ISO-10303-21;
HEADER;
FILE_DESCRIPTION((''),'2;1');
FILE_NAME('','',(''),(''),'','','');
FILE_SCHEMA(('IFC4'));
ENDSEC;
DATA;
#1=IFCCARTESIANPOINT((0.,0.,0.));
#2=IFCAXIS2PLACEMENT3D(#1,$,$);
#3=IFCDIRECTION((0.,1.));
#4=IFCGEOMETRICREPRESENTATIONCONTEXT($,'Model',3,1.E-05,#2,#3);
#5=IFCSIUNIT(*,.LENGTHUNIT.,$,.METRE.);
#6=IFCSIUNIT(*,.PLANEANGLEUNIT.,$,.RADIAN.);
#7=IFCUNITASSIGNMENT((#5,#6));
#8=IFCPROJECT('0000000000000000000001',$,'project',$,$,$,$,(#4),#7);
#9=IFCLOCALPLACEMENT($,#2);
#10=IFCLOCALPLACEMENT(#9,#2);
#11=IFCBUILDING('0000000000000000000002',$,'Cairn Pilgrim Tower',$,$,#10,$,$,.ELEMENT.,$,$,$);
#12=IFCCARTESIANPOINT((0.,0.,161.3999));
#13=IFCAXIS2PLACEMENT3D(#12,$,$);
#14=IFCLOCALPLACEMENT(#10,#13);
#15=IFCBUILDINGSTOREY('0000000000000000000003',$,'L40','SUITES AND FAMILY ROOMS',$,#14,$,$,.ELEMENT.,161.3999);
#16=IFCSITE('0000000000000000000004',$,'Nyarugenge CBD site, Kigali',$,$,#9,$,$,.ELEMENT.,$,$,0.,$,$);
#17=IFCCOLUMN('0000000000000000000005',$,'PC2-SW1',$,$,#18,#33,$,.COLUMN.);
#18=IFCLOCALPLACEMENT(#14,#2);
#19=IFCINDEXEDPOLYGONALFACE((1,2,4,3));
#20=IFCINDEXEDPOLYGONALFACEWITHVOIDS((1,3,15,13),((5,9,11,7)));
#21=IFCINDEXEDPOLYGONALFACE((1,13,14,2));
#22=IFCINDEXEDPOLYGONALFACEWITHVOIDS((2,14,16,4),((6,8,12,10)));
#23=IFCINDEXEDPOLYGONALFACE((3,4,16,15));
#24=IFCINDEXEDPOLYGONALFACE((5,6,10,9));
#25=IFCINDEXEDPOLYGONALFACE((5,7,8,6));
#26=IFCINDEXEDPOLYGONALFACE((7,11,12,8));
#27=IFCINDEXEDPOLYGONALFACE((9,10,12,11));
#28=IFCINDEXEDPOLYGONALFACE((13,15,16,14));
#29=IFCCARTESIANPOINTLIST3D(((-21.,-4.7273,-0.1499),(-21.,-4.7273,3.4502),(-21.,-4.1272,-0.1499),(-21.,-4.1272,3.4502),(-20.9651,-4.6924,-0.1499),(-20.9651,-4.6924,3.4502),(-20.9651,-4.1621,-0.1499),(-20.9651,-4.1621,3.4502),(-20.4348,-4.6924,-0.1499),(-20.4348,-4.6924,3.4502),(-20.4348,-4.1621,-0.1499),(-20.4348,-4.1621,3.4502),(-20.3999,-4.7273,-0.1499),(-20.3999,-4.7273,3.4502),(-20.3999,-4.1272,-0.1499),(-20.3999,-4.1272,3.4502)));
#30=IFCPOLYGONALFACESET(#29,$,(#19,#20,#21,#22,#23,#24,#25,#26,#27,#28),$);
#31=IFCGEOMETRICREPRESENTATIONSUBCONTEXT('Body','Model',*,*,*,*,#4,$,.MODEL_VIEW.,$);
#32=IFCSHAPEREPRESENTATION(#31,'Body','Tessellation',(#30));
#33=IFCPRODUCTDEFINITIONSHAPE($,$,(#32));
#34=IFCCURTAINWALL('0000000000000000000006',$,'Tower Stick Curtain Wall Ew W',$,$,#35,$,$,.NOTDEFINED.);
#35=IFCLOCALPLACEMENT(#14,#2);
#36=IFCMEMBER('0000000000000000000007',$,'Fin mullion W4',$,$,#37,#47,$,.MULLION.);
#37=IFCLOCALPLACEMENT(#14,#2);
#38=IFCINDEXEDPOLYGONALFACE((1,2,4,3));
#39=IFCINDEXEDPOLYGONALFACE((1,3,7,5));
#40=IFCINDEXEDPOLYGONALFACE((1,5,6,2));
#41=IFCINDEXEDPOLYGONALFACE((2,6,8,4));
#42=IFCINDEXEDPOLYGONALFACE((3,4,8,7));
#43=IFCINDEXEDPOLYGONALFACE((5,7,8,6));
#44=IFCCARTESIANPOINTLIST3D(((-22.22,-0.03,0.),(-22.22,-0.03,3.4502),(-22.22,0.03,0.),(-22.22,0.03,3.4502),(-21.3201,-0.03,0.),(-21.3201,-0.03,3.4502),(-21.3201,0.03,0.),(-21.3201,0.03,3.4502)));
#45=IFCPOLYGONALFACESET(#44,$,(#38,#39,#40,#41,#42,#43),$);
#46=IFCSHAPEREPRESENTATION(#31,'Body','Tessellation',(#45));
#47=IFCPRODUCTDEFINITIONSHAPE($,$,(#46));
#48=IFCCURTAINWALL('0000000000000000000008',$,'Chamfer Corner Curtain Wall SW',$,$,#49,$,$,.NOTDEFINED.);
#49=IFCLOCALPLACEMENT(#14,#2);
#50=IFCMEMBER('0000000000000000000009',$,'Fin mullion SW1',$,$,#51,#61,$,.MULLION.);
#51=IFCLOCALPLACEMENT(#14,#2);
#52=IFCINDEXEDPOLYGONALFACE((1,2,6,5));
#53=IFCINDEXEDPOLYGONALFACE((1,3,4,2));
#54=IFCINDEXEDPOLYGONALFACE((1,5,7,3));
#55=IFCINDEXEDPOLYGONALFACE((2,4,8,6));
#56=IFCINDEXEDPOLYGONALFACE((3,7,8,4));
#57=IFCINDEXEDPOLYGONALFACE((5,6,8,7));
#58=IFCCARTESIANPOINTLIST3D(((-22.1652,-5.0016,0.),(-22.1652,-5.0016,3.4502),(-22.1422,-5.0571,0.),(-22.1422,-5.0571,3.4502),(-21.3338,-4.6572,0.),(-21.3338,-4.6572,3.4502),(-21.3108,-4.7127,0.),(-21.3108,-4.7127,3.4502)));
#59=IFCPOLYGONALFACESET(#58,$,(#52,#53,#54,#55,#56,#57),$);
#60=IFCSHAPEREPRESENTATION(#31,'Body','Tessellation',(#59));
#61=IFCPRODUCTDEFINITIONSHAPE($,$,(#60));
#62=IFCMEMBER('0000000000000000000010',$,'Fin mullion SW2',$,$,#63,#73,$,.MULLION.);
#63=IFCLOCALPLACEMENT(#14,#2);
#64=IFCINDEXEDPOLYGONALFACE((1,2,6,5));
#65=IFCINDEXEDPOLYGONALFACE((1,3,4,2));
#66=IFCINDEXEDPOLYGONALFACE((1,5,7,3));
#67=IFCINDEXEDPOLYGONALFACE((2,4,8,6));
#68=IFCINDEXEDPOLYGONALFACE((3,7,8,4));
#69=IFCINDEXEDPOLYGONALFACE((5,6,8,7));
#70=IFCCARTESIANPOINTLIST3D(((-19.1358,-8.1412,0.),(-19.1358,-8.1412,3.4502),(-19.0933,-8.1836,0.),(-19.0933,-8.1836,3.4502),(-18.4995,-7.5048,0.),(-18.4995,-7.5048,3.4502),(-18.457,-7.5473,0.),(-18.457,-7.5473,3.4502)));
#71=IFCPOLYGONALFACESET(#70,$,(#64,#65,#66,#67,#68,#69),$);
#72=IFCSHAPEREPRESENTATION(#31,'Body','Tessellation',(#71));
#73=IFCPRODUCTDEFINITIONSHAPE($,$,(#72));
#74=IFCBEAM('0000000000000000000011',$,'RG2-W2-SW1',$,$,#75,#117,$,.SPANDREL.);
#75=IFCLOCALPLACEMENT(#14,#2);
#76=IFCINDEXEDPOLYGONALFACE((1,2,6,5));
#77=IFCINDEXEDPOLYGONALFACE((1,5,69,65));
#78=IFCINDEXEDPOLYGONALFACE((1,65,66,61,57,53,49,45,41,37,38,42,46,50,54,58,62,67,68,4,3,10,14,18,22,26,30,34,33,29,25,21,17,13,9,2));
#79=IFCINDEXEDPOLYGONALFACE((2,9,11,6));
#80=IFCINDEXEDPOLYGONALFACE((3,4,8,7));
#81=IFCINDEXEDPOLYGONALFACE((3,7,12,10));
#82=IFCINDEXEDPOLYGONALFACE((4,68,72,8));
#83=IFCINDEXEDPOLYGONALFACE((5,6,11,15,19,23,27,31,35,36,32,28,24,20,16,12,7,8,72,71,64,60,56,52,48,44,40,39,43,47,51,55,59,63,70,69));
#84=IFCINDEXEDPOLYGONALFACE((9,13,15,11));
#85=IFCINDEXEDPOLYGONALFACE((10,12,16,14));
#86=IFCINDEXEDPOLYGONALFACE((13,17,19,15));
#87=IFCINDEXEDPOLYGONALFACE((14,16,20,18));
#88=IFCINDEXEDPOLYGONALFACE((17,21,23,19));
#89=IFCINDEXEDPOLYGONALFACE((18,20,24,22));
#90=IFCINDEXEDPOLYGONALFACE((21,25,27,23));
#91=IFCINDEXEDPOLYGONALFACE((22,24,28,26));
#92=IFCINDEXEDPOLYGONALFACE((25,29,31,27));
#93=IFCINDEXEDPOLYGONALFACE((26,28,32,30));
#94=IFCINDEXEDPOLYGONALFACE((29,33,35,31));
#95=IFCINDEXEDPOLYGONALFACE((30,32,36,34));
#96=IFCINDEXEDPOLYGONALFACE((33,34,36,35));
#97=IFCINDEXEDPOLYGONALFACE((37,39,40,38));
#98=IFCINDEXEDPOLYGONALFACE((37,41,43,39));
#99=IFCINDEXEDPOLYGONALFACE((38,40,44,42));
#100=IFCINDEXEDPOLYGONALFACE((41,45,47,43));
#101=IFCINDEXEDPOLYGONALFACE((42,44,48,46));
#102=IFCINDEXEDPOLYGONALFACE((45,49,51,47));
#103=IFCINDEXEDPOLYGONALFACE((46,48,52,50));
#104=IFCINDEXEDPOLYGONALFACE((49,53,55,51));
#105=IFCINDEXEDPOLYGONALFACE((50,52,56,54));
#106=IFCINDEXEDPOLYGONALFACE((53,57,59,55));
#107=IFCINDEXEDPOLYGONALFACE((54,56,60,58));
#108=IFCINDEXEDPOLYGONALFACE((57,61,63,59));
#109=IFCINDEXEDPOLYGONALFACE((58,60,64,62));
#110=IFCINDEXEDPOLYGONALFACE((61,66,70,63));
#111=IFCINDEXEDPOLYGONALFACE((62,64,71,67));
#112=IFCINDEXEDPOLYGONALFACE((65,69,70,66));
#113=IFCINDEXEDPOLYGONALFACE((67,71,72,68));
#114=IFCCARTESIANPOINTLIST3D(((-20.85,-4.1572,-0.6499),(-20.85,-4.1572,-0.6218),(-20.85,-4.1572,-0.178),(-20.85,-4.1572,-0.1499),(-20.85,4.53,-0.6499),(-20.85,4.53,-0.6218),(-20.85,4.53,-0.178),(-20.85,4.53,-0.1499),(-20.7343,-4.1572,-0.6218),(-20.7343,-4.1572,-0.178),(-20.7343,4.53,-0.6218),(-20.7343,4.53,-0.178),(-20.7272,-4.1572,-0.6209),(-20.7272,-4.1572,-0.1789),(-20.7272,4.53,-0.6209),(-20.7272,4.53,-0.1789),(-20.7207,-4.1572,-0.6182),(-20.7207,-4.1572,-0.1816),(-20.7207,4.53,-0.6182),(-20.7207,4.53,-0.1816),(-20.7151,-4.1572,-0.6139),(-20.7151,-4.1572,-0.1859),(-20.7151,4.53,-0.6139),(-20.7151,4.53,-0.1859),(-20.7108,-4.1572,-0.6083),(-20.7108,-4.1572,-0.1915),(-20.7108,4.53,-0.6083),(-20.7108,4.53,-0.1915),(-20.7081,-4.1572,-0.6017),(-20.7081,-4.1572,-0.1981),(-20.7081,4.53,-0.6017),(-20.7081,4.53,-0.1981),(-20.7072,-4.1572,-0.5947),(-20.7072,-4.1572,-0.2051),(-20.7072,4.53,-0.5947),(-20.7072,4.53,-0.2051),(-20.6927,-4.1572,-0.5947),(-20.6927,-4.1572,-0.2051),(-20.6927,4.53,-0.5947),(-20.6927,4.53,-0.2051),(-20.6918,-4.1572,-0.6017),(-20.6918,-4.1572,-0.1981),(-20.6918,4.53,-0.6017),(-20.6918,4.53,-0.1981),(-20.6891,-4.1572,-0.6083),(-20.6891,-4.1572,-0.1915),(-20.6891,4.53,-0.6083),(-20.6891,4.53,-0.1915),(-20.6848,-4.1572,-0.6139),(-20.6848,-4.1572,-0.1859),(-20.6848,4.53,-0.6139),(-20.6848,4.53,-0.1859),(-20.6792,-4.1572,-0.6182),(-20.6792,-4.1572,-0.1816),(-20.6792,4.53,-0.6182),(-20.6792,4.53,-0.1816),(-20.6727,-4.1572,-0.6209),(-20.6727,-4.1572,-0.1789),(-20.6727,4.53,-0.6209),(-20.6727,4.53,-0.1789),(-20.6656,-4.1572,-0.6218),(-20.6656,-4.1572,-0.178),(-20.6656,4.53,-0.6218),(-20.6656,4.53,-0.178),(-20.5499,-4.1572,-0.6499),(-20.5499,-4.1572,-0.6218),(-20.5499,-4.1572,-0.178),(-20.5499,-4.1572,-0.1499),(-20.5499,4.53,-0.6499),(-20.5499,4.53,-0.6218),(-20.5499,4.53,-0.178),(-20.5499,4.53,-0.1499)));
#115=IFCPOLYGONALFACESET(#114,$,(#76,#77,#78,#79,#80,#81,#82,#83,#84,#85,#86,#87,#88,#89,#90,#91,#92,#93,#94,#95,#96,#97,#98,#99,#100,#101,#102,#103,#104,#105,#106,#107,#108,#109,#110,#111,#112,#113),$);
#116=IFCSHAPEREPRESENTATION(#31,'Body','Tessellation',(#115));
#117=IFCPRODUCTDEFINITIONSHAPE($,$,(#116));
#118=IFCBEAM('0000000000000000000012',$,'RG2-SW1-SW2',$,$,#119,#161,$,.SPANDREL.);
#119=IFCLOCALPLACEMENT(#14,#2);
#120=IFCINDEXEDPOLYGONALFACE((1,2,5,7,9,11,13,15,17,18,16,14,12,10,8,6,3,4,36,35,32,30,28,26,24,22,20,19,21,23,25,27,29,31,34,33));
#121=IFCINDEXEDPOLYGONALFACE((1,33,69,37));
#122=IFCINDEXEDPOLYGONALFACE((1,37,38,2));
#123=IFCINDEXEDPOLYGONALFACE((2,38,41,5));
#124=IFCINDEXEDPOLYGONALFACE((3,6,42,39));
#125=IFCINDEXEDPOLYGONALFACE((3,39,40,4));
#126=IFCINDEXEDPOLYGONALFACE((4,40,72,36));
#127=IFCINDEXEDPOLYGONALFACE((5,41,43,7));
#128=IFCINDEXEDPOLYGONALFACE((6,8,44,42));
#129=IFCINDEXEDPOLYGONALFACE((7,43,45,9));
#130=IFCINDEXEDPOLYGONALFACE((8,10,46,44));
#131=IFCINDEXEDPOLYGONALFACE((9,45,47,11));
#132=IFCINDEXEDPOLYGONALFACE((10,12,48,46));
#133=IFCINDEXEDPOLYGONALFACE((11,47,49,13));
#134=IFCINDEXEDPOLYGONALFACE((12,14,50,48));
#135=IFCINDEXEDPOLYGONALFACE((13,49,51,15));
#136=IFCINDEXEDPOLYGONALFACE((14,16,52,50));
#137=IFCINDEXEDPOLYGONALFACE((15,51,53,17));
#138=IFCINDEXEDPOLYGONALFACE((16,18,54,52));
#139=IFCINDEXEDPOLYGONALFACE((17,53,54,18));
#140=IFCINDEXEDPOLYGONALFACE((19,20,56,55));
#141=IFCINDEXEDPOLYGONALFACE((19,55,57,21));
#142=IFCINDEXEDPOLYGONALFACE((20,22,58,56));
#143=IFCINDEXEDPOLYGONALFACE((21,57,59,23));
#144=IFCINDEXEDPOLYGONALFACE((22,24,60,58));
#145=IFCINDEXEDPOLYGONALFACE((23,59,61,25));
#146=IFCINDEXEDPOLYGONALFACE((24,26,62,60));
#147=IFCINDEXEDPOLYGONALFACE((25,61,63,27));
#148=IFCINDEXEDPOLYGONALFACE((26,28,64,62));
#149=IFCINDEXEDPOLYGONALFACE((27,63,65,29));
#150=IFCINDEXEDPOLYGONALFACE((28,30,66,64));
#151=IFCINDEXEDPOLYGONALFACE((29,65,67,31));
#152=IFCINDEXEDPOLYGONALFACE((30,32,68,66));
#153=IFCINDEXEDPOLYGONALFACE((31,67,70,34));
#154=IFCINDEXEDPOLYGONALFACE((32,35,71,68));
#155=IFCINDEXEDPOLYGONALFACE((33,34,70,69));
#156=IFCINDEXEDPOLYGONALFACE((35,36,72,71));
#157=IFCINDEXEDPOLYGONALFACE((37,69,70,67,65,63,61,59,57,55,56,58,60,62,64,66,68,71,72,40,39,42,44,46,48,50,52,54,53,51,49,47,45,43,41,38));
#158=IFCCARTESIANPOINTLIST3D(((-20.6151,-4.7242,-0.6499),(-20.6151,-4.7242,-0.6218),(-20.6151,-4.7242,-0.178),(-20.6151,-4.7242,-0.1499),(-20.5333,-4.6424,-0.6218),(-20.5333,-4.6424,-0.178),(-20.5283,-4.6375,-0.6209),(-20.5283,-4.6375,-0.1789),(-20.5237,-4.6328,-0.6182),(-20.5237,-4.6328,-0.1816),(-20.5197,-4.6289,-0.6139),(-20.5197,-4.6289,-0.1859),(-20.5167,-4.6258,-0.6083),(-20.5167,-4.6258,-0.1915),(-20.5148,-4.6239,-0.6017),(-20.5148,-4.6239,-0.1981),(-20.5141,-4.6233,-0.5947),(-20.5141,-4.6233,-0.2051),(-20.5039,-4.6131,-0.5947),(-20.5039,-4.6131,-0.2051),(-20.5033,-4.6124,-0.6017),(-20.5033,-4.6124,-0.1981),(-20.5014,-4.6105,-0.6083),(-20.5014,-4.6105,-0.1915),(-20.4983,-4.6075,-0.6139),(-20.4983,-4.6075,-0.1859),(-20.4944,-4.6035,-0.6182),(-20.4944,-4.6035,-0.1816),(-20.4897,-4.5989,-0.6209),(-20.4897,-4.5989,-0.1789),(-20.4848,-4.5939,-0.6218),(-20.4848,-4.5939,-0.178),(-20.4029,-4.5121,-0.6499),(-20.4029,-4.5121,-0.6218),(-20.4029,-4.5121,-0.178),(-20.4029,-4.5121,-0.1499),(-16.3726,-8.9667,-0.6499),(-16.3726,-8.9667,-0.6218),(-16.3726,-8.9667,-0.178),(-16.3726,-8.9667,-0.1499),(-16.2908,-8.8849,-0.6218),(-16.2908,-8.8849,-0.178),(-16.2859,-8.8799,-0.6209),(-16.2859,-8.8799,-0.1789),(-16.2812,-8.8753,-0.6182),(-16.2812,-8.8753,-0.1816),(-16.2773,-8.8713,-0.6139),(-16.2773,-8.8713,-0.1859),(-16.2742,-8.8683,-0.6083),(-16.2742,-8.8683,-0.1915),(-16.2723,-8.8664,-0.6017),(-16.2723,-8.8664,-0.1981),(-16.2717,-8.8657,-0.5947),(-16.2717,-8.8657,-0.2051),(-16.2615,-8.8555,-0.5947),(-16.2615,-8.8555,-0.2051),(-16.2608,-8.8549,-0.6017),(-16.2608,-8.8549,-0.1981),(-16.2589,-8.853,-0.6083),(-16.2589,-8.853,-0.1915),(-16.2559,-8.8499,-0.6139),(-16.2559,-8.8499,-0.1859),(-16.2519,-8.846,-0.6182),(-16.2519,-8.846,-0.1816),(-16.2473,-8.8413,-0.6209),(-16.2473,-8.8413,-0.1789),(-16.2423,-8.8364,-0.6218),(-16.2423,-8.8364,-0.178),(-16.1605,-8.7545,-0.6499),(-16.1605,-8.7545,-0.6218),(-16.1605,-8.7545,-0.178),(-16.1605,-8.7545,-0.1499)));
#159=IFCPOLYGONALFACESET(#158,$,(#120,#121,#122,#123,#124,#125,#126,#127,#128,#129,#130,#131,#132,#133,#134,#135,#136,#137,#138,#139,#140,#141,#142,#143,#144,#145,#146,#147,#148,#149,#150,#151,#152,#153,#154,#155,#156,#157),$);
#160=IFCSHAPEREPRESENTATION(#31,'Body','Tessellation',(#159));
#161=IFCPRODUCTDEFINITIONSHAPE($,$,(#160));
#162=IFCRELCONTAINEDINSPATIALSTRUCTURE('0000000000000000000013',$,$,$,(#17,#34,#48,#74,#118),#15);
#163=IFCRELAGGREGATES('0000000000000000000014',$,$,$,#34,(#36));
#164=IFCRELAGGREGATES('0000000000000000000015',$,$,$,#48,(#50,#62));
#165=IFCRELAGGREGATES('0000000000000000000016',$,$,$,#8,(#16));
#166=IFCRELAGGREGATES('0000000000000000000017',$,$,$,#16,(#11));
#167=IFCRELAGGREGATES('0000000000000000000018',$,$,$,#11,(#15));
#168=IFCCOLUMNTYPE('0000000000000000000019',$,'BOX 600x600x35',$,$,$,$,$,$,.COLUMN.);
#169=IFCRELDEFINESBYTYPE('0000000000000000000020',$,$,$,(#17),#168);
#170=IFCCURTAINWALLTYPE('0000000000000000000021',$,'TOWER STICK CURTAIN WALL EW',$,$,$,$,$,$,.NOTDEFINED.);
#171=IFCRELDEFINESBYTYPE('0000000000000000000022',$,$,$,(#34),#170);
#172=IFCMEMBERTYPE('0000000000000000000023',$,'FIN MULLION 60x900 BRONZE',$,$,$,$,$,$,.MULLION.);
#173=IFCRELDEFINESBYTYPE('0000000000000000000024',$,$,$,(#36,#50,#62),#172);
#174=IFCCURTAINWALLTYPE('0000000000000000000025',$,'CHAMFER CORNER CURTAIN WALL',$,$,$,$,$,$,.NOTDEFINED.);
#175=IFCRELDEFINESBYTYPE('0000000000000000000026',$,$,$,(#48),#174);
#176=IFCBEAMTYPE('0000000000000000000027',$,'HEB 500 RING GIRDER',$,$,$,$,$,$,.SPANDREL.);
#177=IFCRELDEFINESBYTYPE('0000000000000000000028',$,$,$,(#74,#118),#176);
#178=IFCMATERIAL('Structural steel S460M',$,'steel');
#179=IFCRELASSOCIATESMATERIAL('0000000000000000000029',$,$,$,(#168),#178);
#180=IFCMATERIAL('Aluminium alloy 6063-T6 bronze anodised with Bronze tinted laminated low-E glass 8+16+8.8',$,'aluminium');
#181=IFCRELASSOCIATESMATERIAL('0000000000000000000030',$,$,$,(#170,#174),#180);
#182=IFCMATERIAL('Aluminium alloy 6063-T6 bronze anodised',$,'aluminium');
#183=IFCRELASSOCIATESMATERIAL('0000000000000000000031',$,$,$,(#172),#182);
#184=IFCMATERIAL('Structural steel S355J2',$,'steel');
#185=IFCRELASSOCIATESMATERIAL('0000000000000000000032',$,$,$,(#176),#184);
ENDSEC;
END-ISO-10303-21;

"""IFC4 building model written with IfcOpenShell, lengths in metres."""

from ifc_helpers import new_model, si_unit, direction, frame, origin, origin_2d, place, context, subcontext, project, spatial, rectangle, hollow_rectangle, i_section, extrude, material, material_profile, profile_set, type_object, element, aggregate, save


model = new_model("IFC4")

# Units and contexts
model_context = context("Model", 3, precision=1e-05, world=origin(), true_north=direction((0.0, 1.0)))
body_context = subcontext(model_context, "Body", "Model", "MODEL_VIEW")
ifc_project = project(units=[si_unit("LENGTHUNIT", "METRE"), si_unit("PLANEANGLEUNIT", "RADIAN")], contexts=[model_context])

# Site, building, storey
site_placement = place(None, origin())
site = spatial("IfcSite", under=ifc_project, at=site_placement, Name="Nyarugenge CBD site, Kigali", CompositionType="ELEMENT", RefElevation=0.0)
building_placement = place(site_placement, origin())
building = spatial("IfcBuilding", under=site, at=building_placement, Name="Cairn Pilgrim Tower", CompositionType="ELEMENT")
storey_placement = place(building_placement, frame((0.0, 0.0, 161.3999)))
storey = spatial("IfcBuildingStorey", under=building, at=storey_placement, Name="L40", Description="SUITES AND FAMILY ROOMS", CompositionType="ELEMENT", Elevation=161.3999)

# Column
ifc_material_1 = material(Name="Structural steel S460M", Category="steel")
ifc_material_profile_1 = material_profile(ifc_material_1, hollow_rectangle(XDim=0.6001, YDim=0.6001, WallThickness=0.0349, at=origin_2d()), Name="BOX 600x600x35")
ifc_profile_set_1 = profile_set([ifc_material_profile_1], Name="Structural steel S460M")
column_type = type_object("IfcColumnType", Name="BOX 600x600x35", PredefinedType="COLUMN", material=ifc_profile_set_1)
column_placement = place(storey_placement, frame((-20.7, -4.4272, -0.1499), z_axis=(0.0, 0.0, 1.0), x_axis=(1.0, 0.0, 0.0)))
element("IfcColumn", 1, at=column_placement, inside=storey, type_object=column_type, Name="PC2-SW1", PredefinedType="COLUMN", context=body_context, shape_type="SweptSolid", body=[
    extrude(hollow_rectangle(XDim=0.6001, YDim=0.6001, WallThickness=0.0349, at=origin_2d()), origin(), (0.0, 0.0, 1.0), 3.6001),
])

# Curtain wall, member
ifc_material_2 = material(Name="Aluminium alloy 6063-T6 bronze anodised with Bronze tinted laminated low-E glass 8+16+8.8", Category="aluminium")
curtain_wall_type_1 = type_object("IfcCurtainWallType", Name="TOWER STICK CURTAIN WALL EW", PredefinedType="NOTDEFINED", material=ifc_material_2)
curtain_wall_1_placement = place(storey_placement, origin())
curtain_wall_1 = element("IfcCurtainWall", 2, at=curtain_wall_1_placement, inside=storey, type_object=curtain_wall_type_1, Name="Tower Stick Curtain Wall Ew W", PredefinedType="NOTDEFINED")
ifc_material_3 = material(Name="Aluminium alloy 6063-T6 bronze anodised", Category="aluminium")
ifc_material_profile_2 = material_profile(ifc_material_3, rectangle(XDim=0.8999, YDim=0.0601, at=origin_2d()), Name="FIN MULLION 60x900 BRONZE")
ifc_profile_set_2 = profile_set([ifc_material_profile_2], Name="Aluminium alloy 6063-T6 bronze anodised")
member_type_1 = type_object("IfcMemberType", Name="FIN MULLION 60x900 BRONZE", PredefinedType="MULLION", material=ifc_profile_set_2)
member_1_placement = place(storey_placement, frame((-21.77, 0.0, 0.0), z_axis=(0.0, 0.0, 1.0), x_axis=(-1.0, 0.0, 0.0)))
member_1 = element("IfcMember", 3, at=member_1_placement, type_object=member_type_1, Name="Fin mullion W4", PredefinedType="MULLION", context=body_context, shape_type="SweptSolid", body=[
    extrude(rectangle(XDim=0.8999, YDim=0.0601, at=origin_2d()), origin(), (0.0, 0.0, 1.0), 3.4502),
])
aggregate(curtain_wall_1, [member_1])

# Curtain wall, members
curtain_wall_type_2 = type_object("IfcCurtainWallType", Name="CHAMFER CORNER CURTAIN WALL", PredefinedType="NOTDEFINED", material=ifc_material_2)
curtain_wall_2_placement = place(storey_placement, origin())
curtain_wall_2 = element("IfcCurtainWall", 4, at=curtain_wall_2_placement, inside=storey, type_object=curtain_wall_type_2, Name="Chamfer Corner Curtain Wall SW", PredefinedType="NOTDEFINED")
member_2_placement = place(storey_placement, frame((-21.738, -4.8572, 0.0), z_axis=(0.0, 0.0, 1.0), x_axis=(-0.92388, -0.382683, 0.0)))
member_2 = element("IfcMember", 5, at=member_2_placement, type_object=member_type_1, Name="Fin mullion SW1", PredefinedType="MULLION", context=body_context, shape_type="SweptSolid", body=[
    extrude(rectangle(XDim=0.8999, YDim=0.0601, at=origin_2d()), origin(), (0.0, 0.0, 1.0), 3.4502),
])
member_3_placement = place(storey_placement, frame((-18.7964, -7.8442, 0.0), z_axis=(0.0, 0.0, 1.0), x_axis=(-0.707107, -0.707107, 0.0)))
member_3 = element("IfcMember", 6, at=member_3_placement, type_object=member_type_1, Name="Fin mullion SW2", PredefinedType="MULLION", context=body_context, shape_type="SweptSolid", body=[
    extrude(rectangle(XDim=0.8999, YDim=0.0601, at=origin_2d()), origin(), (0.0, 0.0, 1.0), 3.4502),
])

# Beams
ifc_material_4 = material(Name="Structural steel S355J2", Category="steel")
ifc_material_profile_3 = material_profile(ifc_material_4, i_section(OverallWidth=0.3, OverallDepth=0.5, WebThickness=0.0144, FlangeThickness=0.0281, FilletRadius=0.0271, at=origin_2d()), Name="HEB 500")
ifc_profile_set_3 = profile_set([ifc_material_profile_3], Name="Structural steel S355J2")
beam_type_1 = type_object("IfcBeamType", Name="HEB 500 RING GIRDER", PredefinedType="SPANDREL", material=ifc_profile_set_3)
beam_1_placement = place(storey_placement, frame((-20.7, 4.53, -0.3999), z_axis=(0.0, -1.0, 0.0), x_axis=(1.0, 0.0, 0.0)))
element("IfcBeam", 7, at=beam_1_placement, inside=storey, type_object=beam_type_1, Name="RG2-W2-SW1", PredefinedType="SPANDREL", context=body_context, shape_type="SweptSolid", body=[
    extrude(i_section(OverallWidth=0.3, OverallDepth=0.5, WebThickness=0.0144, FlangeThickness=0.0281, FilletRadius=0.0271, at=origin_2d()), origin(), (0.0, 0.0, 1.0), 8.6873),
])
beam_2_placement = place(storey_placement, frame((-20.509, -4.6182, -0.3999), z_axis=(0.707107, -0.707107, 0.0), x_axis=(0.707107, 0.707107, 0.0)))
element("IfcBeam", 8, at=beam_2_placement, inside=storey, type_object=beam_type_1, Name="RG2-SW1-SW2", PredefinedType="SPANDREL", context=body_context, shape_type="SweptSolid", body=[
    extrude(i_section(OverallWidth=0.3, OverallDepth=0.5, WebThickness=0.0144, FlangeThickness=0.0281, FilletRadius=0.0271, at=origin_2d()), origin(), (0.0, 0.0, 1.0), 5.9998),
])

aggregate(curtain_wall_2, [member_2, member_3])

save(model, "model.ifc")
